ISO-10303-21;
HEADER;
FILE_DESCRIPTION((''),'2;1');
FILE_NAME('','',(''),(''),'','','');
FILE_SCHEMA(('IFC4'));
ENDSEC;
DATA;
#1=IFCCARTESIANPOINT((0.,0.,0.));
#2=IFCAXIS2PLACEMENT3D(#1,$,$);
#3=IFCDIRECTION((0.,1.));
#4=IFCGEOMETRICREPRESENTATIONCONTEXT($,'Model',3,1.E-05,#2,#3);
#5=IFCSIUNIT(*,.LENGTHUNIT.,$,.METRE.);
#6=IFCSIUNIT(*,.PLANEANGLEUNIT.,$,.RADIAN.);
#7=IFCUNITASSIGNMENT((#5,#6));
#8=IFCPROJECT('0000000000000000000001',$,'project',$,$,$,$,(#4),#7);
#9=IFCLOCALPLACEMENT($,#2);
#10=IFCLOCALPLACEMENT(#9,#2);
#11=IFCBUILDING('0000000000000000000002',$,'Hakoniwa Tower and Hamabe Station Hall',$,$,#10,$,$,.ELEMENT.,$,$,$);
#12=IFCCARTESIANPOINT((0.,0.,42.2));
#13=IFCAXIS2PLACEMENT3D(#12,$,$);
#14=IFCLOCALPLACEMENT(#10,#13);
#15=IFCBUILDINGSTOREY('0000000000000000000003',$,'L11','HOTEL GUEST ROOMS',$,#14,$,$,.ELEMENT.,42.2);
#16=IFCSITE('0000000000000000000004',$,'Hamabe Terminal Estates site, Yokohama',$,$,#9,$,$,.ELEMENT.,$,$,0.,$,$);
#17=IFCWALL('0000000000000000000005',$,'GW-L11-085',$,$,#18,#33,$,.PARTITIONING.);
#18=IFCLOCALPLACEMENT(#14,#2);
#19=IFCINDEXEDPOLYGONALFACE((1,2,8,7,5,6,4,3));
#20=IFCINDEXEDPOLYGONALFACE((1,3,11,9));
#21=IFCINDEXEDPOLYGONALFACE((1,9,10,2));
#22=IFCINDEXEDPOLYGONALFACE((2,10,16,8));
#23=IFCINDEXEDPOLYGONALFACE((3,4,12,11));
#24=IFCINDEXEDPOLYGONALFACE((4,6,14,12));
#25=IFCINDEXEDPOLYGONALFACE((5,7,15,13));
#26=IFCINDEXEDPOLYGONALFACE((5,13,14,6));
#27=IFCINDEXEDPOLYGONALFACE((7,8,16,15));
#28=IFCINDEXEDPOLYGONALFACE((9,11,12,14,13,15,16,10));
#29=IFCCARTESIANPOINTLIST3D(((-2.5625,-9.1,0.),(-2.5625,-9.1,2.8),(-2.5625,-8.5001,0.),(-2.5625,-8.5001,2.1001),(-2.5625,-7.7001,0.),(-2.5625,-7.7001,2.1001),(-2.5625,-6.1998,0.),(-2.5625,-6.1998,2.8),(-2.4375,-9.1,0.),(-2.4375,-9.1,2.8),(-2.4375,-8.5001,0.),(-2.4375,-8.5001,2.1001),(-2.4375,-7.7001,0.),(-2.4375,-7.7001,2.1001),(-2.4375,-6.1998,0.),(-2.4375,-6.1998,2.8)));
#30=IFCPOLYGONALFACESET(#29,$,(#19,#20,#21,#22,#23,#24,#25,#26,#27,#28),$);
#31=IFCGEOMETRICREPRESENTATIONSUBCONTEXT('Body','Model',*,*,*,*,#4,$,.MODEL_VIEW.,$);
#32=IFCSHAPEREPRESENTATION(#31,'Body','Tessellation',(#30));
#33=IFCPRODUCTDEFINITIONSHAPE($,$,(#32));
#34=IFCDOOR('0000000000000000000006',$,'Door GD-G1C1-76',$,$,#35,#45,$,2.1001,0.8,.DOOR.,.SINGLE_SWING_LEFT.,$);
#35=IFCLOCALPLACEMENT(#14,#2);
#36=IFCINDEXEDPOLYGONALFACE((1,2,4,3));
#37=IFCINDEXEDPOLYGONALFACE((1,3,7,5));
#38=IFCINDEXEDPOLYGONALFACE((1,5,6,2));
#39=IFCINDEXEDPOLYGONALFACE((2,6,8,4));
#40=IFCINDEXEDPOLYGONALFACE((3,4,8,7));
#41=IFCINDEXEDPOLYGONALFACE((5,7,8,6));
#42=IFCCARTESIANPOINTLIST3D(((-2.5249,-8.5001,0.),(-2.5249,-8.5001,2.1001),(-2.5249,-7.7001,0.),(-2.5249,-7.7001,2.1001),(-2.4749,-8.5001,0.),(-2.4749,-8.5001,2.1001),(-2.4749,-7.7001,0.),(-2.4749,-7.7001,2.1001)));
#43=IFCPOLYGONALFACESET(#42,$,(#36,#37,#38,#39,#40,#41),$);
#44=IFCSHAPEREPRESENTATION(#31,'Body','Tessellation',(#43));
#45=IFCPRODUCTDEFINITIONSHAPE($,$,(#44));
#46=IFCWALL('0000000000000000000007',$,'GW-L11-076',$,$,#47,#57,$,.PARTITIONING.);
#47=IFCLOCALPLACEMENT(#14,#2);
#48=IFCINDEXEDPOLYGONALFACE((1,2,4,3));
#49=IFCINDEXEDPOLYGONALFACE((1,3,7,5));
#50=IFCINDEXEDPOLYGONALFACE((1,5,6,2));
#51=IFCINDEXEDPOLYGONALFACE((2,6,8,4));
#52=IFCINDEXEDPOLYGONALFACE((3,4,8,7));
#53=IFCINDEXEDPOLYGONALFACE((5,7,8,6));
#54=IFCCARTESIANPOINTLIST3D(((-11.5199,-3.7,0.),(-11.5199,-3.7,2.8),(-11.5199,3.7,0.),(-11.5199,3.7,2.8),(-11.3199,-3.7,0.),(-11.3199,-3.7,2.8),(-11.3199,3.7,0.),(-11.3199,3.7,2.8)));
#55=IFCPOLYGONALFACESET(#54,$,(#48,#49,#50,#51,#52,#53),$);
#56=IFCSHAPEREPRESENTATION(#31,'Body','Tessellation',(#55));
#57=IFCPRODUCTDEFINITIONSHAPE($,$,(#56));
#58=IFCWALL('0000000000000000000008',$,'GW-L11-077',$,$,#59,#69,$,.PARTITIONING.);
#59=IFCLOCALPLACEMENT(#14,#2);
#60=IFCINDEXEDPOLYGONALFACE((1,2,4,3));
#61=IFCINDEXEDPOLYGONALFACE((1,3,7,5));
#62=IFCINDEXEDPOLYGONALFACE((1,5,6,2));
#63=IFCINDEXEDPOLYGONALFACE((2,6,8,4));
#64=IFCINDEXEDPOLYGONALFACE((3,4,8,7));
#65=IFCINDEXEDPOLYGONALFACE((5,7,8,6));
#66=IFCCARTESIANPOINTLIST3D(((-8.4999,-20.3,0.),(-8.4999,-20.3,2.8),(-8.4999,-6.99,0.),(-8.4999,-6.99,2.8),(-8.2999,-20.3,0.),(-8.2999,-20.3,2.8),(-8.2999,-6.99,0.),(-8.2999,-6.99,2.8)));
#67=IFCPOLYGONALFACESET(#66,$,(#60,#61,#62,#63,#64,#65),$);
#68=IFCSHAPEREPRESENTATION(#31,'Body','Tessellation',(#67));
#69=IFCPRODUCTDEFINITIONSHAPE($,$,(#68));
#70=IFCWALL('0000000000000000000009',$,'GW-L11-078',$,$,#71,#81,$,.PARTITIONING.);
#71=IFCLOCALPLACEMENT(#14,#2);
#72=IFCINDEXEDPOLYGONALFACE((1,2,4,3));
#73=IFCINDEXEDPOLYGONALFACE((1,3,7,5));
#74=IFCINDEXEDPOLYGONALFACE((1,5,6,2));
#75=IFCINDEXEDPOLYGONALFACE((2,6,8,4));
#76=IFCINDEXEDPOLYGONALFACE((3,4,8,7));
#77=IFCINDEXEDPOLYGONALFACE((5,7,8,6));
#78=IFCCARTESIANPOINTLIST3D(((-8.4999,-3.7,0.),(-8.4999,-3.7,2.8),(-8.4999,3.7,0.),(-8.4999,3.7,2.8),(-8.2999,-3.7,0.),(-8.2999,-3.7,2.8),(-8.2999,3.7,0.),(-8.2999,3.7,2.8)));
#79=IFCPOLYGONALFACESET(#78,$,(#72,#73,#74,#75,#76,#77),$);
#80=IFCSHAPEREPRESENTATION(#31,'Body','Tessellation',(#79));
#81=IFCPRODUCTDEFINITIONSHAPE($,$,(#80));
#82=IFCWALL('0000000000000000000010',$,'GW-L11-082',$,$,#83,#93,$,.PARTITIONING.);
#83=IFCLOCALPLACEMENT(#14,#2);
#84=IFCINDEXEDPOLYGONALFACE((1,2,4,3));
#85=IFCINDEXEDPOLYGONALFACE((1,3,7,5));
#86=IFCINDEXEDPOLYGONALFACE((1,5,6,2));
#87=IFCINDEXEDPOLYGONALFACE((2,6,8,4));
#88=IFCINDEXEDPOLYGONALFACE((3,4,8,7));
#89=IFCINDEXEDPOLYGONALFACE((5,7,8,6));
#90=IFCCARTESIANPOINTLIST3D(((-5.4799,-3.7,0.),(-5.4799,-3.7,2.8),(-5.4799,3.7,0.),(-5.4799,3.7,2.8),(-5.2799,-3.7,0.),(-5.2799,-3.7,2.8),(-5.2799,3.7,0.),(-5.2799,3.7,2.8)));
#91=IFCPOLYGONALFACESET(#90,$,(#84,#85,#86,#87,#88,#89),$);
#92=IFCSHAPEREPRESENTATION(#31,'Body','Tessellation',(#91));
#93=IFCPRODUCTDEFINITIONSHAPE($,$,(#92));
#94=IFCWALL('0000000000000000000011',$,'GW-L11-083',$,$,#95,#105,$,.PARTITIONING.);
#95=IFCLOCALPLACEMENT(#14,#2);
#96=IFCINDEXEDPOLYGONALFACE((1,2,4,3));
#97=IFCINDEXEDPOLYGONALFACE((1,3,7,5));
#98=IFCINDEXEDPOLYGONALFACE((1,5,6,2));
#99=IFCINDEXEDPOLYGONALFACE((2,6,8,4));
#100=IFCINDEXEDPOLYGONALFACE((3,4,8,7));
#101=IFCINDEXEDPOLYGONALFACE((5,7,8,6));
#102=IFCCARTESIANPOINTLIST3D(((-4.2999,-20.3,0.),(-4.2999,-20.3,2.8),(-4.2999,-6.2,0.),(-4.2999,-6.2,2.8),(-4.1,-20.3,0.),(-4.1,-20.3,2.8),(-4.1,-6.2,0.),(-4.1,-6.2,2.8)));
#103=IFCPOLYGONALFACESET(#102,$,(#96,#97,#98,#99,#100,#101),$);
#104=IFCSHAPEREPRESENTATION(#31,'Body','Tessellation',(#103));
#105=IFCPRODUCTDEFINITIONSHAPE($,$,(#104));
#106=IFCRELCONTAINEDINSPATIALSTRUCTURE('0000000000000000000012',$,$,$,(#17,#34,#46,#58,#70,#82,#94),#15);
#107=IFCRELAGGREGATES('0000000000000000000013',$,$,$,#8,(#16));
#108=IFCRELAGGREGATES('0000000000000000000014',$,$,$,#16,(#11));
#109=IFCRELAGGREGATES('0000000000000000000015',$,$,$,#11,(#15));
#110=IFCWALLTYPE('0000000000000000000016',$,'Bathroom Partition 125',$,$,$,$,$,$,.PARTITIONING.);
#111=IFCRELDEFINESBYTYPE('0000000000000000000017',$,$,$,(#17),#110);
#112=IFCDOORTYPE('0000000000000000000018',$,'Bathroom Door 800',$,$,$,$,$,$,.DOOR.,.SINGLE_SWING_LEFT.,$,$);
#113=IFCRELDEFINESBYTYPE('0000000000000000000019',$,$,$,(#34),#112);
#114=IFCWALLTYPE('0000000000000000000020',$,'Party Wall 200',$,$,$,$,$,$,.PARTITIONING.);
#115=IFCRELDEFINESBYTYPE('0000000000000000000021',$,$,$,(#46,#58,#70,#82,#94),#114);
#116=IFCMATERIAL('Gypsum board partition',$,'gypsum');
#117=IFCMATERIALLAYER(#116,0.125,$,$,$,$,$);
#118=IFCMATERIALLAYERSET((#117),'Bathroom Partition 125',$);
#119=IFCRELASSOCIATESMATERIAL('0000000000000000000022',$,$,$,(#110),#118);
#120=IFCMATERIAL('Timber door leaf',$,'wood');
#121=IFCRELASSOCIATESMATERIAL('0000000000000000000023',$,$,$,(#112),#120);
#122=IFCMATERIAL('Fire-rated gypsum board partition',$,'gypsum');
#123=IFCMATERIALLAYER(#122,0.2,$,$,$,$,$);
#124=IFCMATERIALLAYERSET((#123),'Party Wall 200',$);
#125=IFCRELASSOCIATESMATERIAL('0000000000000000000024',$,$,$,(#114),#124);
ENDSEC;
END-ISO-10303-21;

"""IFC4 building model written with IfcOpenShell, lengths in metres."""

from ifc_helpers import new_model, si_unit, direction, frame, frame_2d, origin, place, context, subcontext, project, spatial, rectangle, extrude, material, layer, layer_set, type_object, element, fill, save


model = new_model("IFC4")

# Units and contexts
model_context = context("Model", 3, precision=1e-05, world=origin(), true_north=direction((0.0, 1.0)))
body_context = subcontext(model_context, "Body", "Model", "MODEL_VIEW")
ifc_project = project(units=[si_unit("LENGTHUNIT", "METRE"), si_unit("PLANEANGLEUNIT", "RADIAN")], contexts=[model_context])

# Site, building, storey
site_placement = place(None, origin())
site = spatial("IfcSite", under=ifc_project, at=site_placement, Name="Hamabe Terminal Estates site, Yokohama", CompositionType="ELEMENT", RefElevation=0.0)
building_placement = place(site_placement, origin())
building = spatial("IfcBuilding", under=site, at=building_placement, Name="Hakoniwa Tower and Hamabe Station Hall", CompositionType="ELEMENT")
storey_placement = place(building_placement, frame((0.0, 0.0, 42.2)))
storey = spatial("IfcBuildingStorey", under=building, at=storey_placement, Name="L11", Description="HOTEL GUEST ROOMS", CompositionType="ELEMENT", Elevation=42.2)

# Shared definitions
ifc_material_1 = material(Name="Gypsum board partition", Category="gypsum")
ifc_layer_1 = layer(ifc_material_1, 0.125)
ifc_layer_set_1 = layer_set([ifc_layer_1], Name="Bathroom Partition 125")
wall_type_1 = type_object("IfcWallType", Name="Bathroom Partition 125", PredefinedType="PARTITIONING", material=ifc_layer_set_1)

# Wall, opening, door
ifc_material_2 = material(Name="Timber door leaf", Category="wood")
door_type = type_object("IfcDoorType", Name="Bathroom Door 800", OperationType="SINGLE_SWING_LEFT", PredefinedType="DOOR", material=ifc_material_2)
wall_1_placement = place(storey_placement, frame((-2.5, -9.1001, 0.0), z_axis=(0.0, 0.0, 1.0), x_axis=(0.0, 1.0, 0.0)))
wall_1 = element("IfcWall", 1, at=wall_1_placement, inside=storey, type_object=wall_type_1, Name="GW-L11-085", PredefinedType="PARTITIONING", context=body_context, shape_type="SweptSolid", body=[
    extrude(rectangle(XDim=2.9001, YDim=0.125, at=frame_2d((1.4502, 0.0))), origin(), (0.0, 0.0, 1.0), 2.8),
])
opening_1_placement = place(wall_1_placement, frame((0.6001, 0.0, 0.0)))
opening_1 = element("IfcOpeningElement", 2, at=opening_1_placement, cuts=wall_1, PredefinedType="OPENING", context=body_context, shape_type="SweptSolid", body=[
    extrude(rectangle(XDim=0.8, YDim=2.1001, at=frame_2d((0.3999, 1.05))), frame((0.0, 0.0725, 0.0), z_axis=(0.0, -1.0, 0.0), x_axis=(1.0, 0.0, 0.0)), (0.0, 0.0, 1.0), 0.145),
])
door_1_placement = place(opening_1_placement, origin())
door_1 = element("IfcDoor", 3, at=door_1_placement, inside=storey, type_object=door_type, Name="Door GD-G1C1-76", OperationType="SINGLE_SWING_LEFT", OverallHeight=2.1001, OverallWidth=0.8, PredefinedType="DOOR", context=body_context, shape_type="SweptSolid", body=[
    extrude(rectangle(XDim=0.8, YDim=2.1001, at=frame_2d((0.3999, 1.05))), frame((0.0, 0.0249, 0.0), z_axis=(0.0, -1.0, 0.0), x_axis=(1.0, 0.0, 0.0)), (0.0, 0.0, 1.0), 0.05),
])
fill(opening_1, door_1)

# Walls
ifc_material_3 = material(Name="Fire-rated gypsum board partition", Category="gypsum")
ifc_layer_2 = layer(ifc_material_3, 0.2)
ifc_layer_set_2 = layer_set([ifc_layer_2], Name="Party Wall 200")
wall_type_2 = type_object("IfcWallType", Name="Party Wall 200", PredefinedType="PARTITIONING", material=ifc_layer_set_2)
wall_2_placement = place(storey_placement, frame((-11.4199, -3.7, 0.0), z_axis=(0.0, 0.0, 1.0), x_axis=(0.0, 1.0, 0.0)))
element("IfcWall", 4, at=wall_2_placement, inside=storey, type_object=wall_type_2, Name="GW-L11-076", PredefinedType="PARTITIONING", context=body_context, shape_type="SweptSolid", body=[
    extrude(rectangle(XDim=7.3999, YDim=0.2, at=frame_2d((3.7, 0.0))), origin(), (0.0, 0.0, 1.0), 2.8),
])
wall_3_placement = place(storey_placement, frame((-8.3999, -20.3, 0.0), z_axis=(0.0, 0.0, 1.0), x_axis=(0.0, 1.0, 0.0)))
element("IfcWall", 5, at=wall_3_placement, inside=storey, type_object=wall_type_2, Name="GW-L11-077", PredefinedType="PARTITIONING", context=body_context, shape_type="SweptSolid", body=[
    extrude(rectangle(XDim=13.3101, YDim=0.2, at=frame_2d((6.655, 0.0))), origin(), (0.0, 0.0, 1.0), 2.8),
])
for number, where, z_axis, x_axis, name in (
    (6, (-8.3999, -3.7, 0.0), (0.0, 0.0, 1.0), (0.0, 1.0, 0.0), "GW-L11-078"),
    (7, (-5.3799, -3.7, 0.0), (0.0, 0.0, 1.0), (0.0, 1.0, 0.0), "GW-L11-082"),
):
    element("IfcWall", number, at=place(storey_placement, frame(where, z_axis=z_axis, x_axis=x_axis)), inside=storey, type_object=wall_type_2, Name=name, PredefinedType="PARTITIONING", context=body_context, shape_type="SweptSolid", body=[
        extrude(rectangle(XDim=7.3999, YDim=0.2, at=frame_2d((3.7, 0.0))), origin(), (0.0, 0.0, 1.0), 2.8),
    ])
wall_4_placement = place(storey_placement, frame((-4.2, -20.3, 0.0), z_axis=(0.0, 0.0, 1.0), x_axis=(0.0, 1.0, 0.0)))
element("IfcWall", 8, at=wall_4_placement, inside=storey, type_object=wall_type_2, Name="GW-L11-083", PredefinedType="PARTITIONING", context=body_context, shape_type="SweptSolid", body=[
    extrude(rectangle(XDim=14.1001, YDim=0.2, at=frame_2d((7.05, 0.0))), origin(), (0.0, 0.0, 1.0), 2.8),
])

save(model, "model.ifc")
